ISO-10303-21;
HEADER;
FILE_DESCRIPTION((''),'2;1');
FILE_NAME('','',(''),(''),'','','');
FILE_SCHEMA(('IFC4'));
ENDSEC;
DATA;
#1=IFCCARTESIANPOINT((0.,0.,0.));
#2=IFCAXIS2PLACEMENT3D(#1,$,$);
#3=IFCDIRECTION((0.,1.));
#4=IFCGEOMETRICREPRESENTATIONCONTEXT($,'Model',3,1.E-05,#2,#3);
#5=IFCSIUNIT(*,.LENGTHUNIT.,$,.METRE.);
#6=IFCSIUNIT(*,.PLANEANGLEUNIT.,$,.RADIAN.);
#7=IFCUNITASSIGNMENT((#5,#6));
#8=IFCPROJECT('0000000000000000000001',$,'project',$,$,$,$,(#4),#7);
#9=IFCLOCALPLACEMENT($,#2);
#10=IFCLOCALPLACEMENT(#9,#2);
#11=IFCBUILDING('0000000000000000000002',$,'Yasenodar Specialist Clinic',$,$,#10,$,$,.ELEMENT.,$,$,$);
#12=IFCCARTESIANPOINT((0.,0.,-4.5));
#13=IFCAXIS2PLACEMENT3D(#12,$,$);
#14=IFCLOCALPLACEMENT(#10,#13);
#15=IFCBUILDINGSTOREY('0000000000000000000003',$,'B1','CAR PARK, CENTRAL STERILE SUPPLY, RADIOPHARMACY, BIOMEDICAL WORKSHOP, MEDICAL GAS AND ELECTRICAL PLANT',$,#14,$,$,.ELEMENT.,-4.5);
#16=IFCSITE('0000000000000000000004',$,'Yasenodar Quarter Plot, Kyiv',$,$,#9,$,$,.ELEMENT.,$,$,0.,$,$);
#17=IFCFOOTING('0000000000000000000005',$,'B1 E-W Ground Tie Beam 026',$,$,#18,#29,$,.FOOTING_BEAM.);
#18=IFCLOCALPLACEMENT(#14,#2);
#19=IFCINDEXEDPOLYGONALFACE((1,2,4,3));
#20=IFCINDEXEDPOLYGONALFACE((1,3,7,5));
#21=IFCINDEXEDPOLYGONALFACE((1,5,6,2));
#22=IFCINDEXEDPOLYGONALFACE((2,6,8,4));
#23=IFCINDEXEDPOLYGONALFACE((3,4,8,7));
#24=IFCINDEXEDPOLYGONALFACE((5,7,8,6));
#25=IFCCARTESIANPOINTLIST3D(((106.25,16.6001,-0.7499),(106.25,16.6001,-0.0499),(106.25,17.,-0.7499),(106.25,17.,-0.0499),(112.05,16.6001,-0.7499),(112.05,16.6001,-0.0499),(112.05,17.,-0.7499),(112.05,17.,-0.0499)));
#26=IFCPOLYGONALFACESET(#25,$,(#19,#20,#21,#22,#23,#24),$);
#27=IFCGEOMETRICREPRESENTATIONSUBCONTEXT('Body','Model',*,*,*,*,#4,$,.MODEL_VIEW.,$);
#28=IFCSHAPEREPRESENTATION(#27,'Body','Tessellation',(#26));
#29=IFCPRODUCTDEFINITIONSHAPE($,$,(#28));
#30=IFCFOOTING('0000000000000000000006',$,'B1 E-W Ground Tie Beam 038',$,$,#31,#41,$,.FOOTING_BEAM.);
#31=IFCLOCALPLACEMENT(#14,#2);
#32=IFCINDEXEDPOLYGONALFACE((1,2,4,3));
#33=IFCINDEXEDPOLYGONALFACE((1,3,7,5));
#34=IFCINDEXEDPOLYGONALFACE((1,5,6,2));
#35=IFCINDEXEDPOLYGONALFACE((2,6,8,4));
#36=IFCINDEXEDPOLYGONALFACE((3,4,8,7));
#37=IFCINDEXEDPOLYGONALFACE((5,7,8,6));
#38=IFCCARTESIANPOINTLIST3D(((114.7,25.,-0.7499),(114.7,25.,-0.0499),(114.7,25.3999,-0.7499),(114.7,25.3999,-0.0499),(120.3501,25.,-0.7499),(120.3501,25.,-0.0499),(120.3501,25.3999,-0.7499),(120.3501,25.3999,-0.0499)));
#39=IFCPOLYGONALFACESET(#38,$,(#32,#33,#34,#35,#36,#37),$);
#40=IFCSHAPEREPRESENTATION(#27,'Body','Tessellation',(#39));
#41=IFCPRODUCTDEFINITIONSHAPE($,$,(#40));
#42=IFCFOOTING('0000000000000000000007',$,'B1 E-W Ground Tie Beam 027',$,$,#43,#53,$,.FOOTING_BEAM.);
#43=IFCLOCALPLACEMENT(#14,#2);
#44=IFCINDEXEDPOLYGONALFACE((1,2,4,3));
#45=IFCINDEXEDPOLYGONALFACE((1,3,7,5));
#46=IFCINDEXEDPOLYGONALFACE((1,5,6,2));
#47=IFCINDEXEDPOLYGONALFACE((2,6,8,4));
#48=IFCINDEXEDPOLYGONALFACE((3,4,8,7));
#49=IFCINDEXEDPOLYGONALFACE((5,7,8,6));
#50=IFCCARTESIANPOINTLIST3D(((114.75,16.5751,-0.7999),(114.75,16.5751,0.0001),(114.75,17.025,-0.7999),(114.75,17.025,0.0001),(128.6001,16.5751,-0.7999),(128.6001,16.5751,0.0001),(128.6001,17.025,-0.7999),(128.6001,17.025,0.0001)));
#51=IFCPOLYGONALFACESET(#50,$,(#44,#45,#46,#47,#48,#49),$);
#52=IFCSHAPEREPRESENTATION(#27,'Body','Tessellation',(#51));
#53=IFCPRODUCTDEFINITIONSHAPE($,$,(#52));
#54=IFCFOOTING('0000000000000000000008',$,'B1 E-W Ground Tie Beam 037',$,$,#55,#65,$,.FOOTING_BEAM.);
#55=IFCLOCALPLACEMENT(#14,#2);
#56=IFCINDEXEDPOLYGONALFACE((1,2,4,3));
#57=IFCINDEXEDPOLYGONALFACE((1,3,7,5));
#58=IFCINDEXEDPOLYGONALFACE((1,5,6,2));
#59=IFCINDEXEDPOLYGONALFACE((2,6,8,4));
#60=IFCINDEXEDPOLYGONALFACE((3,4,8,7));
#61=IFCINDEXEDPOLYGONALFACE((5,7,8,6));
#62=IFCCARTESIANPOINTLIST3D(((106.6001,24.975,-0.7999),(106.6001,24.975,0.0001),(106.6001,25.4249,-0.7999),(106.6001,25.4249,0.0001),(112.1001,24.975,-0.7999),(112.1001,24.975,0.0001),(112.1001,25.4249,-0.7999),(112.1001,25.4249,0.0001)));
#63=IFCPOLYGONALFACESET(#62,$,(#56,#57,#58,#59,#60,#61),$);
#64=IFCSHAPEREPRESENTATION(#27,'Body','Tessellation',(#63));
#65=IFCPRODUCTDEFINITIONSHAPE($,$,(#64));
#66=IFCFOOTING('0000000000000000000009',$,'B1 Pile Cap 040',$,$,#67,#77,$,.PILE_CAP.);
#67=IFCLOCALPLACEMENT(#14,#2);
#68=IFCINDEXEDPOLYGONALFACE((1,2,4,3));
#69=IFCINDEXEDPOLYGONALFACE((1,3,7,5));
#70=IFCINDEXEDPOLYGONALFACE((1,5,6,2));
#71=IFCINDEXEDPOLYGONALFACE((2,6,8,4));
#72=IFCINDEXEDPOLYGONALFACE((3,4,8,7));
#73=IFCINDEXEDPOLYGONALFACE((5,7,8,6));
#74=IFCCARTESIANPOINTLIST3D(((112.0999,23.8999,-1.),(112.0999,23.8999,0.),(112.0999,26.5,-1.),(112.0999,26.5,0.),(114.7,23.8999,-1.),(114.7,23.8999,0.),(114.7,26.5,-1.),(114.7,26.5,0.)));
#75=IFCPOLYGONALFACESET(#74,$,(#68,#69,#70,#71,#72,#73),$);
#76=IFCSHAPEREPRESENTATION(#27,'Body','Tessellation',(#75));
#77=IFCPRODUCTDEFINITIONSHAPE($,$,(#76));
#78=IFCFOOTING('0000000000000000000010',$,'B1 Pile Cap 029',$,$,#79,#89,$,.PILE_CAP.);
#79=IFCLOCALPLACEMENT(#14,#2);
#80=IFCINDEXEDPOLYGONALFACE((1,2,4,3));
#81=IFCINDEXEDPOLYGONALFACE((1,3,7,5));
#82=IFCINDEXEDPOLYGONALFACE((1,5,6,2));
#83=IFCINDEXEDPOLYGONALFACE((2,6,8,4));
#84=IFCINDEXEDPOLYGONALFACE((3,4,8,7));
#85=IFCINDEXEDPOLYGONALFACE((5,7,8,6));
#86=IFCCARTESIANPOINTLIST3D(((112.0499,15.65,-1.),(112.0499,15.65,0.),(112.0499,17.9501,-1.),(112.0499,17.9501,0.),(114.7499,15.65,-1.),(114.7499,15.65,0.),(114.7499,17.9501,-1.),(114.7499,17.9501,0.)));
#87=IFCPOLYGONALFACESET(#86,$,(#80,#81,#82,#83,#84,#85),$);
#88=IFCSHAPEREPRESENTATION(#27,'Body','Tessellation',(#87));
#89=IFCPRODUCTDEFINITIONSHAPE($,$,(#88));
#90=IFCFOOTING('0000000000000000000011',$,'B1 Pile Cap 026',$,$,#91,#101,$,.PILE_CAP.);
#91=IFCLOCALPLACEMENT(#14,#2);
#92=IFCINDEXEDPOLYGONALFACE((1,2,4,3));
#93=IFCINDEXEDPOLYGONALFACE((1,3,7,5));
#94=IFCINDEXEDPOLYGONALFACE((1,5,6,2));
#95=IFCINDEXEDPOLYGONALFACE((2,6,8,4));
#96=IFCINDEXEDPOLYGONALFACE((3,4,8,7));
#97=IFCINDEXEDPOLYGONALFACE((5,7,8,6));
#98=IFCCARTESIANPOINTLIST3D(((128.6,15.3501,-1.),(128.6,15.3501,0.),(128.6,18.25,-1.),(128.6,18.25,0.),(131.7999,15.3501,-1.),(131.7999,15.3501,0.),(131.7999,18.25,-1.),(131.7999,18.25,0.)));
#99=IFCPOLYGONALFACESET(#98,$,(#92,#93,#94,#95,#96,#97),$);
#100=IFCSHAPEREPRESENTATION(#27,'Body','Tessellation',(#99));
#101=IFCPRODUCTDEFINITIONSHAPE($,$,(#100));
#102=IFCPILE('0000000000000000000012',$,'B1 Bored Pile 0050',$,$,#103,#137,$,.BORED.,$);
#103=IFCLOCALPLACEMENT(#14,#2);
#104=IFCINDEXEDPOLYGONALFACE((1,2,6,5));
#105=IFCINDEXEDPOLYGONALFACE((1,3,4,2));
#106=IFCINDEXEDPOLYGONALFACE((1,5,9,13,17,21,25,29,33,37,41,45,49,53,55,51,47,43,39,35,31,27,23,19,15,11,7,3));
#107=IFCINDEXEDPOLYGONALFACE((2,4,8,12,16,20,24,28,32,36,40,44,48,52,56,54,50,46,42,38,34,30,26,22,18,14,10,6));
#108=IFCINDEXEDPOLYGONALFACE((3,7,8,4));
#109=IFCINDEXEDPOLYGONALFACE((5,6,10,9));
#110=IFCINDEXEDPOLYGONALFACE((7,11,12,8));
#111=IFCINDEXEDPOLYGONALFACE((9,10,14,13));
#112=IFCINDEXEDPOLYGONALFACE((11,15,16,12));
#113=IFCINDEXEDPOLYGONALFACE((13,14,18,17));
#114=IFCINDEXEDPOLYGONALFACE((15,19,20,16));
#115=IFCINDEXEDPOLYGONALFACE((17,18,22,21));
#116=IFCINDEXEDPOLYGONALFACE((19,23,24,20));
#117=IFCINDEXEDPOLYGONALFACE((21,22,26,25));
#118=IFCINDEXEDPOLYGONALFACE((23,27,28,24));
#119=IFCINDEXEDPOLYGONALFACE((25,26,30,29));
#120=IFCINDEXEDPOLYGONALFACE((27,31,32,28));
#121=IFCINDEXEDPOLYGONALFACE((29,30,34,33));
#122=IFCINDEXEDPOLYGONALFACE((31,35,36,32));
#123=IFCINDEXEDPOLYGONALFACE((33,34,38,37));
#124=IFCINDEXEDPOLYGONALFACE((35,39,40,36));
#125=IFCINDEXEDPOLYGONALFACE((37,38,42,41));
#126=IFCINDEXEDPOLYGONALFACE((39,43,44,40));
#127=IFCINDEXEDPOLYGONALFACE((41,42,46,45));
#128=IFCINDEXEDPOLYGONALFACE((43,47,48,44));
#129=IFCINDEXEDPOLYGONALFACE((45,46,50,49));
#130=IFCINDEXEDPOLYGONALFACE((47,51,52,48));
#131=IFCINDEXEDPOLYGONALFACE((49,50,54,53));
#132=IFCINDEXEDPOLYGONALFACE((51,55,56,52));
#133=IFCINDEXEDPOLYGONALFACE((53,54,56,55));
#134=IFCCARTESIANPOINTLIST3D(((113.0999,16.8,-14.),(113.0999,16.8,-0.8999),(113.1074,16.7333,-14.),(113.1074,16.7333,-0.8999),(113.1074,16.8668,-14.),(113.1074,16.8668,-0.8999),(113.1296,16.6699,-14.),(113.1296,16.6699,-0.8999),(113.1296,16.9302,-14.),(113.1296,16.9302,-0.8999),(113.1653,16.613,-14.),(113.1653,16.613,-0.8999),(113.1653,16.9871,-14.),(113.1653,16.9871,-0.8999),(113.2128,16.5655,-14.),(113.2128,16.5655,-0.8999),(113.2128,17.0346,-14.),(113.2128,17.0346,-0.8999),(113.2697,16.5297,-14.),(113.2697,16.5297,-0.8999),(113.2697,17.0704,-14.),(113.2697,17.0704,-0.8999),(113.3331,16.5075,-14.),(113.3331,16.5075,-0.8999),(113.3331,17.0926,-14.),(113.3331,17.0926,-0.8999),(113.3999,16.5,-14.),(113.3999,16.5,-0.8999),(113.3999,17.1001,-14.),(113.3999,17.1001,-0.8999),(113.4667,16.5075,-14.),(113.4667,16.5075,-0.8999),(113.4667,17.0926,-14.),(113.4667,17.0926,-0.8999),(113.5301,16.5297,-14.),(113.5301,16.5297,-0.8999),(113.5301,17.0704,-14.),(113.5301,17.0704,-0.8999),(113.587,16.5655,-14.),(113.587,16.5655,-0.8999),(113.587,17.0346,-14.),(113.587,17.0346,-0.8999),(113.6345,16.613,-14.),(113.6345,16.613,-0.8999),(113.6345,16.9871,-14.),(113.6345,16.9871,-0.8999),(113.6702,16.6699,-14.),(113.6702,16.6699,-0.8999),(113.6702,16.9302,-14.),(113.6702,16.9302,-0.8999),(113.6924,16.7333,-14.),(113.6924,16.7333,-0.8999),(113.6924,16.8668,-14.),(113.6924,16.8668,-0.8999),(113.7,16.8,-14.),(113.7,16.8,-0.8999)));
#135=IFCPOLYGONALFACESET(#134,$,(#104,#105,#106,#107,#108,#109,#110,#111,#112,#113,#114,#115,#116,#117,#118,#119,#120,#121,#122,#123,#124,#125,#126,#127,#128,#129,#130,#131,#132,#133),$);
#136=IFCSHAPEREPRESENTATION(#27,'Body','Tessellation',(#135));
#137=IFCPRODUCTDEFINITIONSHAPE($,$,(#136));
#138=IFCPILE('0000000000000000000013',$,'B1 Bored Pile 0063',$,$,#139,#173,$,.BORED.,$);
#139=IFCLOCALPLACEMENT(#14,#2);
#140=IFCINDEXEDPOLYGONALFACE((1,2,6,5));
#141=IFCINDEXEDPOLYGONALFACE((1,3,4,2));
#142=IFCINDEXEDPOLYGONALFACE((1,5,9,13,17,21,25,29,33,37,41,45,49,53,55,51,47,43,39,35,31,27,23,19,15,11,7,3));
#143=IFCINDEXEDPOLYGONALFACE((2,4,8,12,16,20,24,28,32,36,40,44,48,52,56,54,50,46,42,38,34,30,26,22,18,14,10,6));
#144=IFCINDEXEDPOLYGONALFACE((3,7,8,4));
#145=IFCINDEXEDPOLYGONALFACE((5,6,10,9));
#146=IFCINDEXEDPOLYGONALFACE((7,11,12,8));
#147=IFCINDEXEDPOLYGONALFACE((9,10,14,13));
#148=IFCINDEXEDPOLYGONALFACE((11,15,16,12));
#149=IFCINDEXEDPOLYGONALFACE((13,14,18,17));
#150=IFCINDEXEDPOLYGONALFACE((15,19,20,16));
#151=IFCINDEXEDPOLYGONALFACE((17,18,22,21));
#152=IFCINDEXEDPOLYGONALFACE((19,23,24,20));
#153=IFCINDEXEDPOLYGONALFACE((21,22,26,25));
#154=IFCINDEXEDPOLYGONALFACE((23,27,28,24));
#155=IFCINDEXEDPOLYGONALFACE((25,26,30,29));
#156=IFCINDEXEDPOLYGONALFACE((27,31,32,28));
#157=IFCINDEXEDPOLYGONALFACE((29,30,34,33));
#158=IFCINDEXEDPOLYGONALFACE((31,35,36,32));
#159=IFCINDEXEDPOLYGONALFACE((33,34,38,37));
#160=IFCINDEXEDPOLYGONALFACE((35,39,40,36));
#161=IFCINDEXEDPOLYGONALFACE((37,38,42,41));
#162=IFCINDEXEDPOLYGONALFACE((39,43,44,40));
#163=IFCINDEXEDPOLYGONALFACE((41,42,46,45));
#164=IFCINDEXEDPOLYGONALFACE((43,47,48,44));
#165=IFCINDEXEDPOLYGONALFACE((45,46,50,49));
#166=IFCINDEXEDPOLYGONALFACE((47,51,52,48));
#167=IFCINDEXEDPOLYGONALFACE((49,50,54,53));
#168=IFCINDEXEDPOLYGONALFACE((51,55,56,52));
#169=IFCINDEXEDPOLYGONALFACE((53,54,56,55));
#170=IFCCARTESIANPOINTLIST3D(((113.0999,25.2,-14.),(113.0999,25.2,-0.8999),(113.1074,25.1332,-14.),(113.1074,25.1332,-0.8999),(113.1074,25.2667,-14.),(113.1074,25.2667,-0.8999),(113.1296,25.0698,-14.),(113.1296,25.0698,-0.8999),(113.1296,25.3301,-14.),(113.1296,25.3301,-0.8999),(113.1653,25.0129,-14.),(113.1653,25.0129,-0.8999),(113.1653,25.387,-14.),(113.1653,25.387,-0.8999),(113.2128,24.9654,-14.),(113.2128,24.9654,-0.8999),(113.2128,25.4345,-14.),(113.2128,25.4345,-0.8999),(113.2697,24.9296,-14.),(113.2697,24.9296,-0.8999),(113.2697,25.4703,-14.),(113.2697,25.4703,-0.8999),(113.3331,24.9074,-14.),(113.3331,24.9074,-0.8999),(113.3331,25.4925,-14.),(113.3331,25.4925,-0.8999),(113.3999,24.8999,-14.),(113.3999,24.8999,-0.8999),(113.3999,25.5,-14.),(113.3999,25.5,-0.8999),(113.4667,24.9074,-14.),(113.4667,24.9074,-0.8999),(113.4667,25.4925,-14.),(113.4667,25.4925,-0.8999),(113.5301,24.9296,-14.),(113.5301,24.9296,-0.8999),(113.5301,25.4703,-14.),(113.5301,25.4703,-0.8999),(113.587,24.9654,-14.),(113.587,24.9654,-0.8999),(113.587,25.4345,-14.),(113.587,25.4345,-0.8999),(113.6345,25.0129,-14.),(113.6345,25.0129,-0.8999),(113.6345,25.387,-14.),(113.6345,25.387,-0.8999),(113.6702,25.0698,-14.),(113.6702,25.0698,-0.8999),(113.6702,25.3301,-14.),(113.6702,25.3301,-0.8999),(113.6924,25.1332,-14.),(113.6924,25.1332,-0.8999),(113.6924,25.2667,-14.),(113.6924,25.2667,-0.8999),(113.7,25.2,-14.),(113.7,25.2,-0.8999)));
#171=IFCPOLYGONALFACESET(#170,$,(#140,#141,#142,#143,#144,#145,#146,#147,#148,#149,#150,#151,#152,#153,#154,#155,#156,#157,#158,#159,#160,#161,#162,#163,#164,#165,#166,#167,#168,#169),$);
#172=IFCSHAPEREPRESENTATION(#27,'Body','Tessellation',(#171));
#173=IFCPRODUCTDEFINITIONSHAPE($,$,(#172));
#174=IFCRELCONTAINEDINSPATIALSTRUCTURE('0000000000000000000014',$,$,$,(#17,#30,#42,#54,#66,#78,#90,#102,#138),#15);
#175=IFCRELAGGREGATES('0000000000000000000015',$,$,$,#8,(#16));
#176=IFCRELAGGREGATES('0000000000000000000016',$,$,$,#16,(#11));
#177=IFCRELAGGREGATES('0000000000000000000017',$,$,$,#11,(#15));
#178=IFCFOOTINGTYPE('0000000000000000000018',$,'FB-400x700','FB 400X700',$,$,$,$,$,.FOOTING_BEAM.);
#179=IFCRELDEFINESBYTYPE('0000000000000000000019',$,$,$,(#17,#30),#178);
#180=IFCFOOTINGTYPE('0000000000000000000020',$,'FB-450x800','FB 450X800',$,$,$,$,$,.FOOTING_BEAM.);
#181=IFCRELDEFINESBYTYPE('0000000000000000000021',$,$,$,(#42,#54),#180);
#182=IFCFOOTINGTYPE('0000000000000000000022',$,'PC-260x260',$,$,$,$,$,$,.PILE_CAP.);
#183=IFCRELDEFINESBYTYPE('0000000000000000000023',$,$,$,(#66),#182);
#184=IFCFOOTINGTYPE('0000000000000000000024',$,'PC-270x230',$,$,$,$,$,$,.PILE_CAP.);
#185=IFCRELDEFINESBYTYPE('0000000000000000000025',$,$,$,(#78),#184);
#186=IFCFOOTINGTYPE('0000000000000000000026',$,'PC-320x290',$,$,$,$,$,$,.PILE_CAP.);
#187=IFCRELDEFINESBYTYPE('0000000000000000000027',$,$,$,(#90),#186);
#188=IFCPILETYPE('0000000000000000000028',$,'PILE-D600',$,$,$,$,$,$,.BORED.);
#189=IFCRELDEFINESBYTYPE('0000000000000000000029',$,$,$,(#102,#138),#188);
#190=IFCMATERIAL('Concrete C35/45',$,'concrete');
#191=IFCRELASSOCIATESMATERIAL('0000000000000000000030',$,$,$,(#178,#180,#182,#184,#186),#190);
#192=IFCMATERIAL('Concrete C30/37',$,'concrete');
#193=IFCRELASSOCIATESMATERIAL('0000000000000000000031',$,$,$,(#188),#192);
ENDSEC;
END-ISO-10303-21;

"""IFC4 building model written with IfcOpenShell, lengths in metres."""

from ifc_helpers import new_model, si_unit, direction, frame, origin, origin_2d, place, context, subcontext, project, spatial, rectangle, circle, extrude, material, material_profile, profile_set, type_object, element, save


model = new_model("IFC4")

# Units and contexts
model_context = context("Model", 3, precision=1e-05, world=origin(), true_north=direction((0.0, 1.0)))
body_context = subcontext(model_context, "Body", "Model", "MODEL_VIEW")
ifc_project = project(units=[si_unit("LENGTHUNIT", "METRE"), si_unit("PLANEANGLEUNIT", "RADIAN")], contexts=[model_context])

# Site, building, storey
site_placement = place(None, origin())
site = spatial("IfcSite", under=ifc_project, at=site_placement, Name="Yasenodar Quarter Plot, Kyiv", CompositionType="ELEMENT", RefElevation=0.0)
building_placement = place(site_placement, origin())
building = spatial("IfcBuilding", under=site, at=building_placement, Name="Yasenodar Specialist Clinic", CompositionType="ELEMENT")
storey_placement = place(building_placement, frame((0.0, 0.0, -4.5)))
storey = spatial("IfcBuildingStorey", under=building, at=storey_placement, Name="B1", Description="CAR PARK, CENTRAL STERILE SUPPLY, RADIOPHARMACY, BIOMEDICAL WORKSHOP, MEDICAL GAS AND ELECTRICAL PLANT", CompositionType="ELEMENT", Elevation=-4.5)

# Footings
ifc_material_1 = material(Name="Concrete C35/45", Category="concrete")
ifc_material_profile_1 = material_profile(ifc_material_1, rectangle(XDim=0.3999, YDim=0.7, at=origin_2d()), Name="RC 400x700")
ifc_profile_set_1 = profile_set([ifc_material_profile_1], Name="Concrete C35/45")
footing_type_1 = type_object("IfcFootingType", Name="FB-400x700", Description="FB 400X700", PredefinedType="FOOTING_BEAM", material=ifc_profile_set_1)
footing_1_placement = place(storey_placement, frame((106.25, 16.8, -0.3999), z_axis=(1.0, 0.0, 0.0), x_axis=(0.0, 1.0, 0.0)))
element("IfcFooting", 1, at=footing_1_placement, inside=storey, type_object=footing_type_1, Name="B1 E-W Ground Tie Beam 026", PredefinedType="FOOTING_BEAM", context=body_context, shape_type="SweptSolid", body=[
    extrude(rectangle(XDim=0.3999, YDim=0.7, at=origin_2d()), origin(), (0.0, 0.0, 1.0), 5.8),
])
footing_2_placement = place(storey_placement, frame((114.7, 25.2, -0.3999), z_axis=(1.0, 0.0, 0.0), x_axis=(0.0, 1.0, 0.0)))
element("IfcFooting", 2, at=footing_2_placement, inside=storey, type_object=footing_type_1, Name="B1 E-W Ground Tie Beam 038", PredefinedType="FOOTING_BEAM", context=body_context, shape_type="SweptSolid", body=[
    extrude(rectangle(XDim=0.3999, YDim=0.7, at=origin_2d()), origin(), (0.0, 0.0, 1.0), 5.6501),
])
ifc_material_profile_2 = material_profile(ifc_material_1, rectangle(XDim=0.45, YDim=0.8, at=origin_2d()), Name="RC 450x800")
ifc_profile_set_2 = profile_set([ifc_material_profile_2], Name="Concrete C35/45")
footing_type_2 = type_object("IfcFootingType", Name="FB-450x800", Description="FB 450X800", PredefinedType="FOOTING_BEAM", material=ifc_profile_set_2)
footing_3_placement = place(storey_placement, frame((114.75, 16.8, -0.3999), z_axis=(1.0, 0.0, 0.0), x_axis=(0.0, 1.0, 0.0)))
element("IfcFooting", 3, at=footing_3_placement, inside=storey, type_object=footing_type_2, Name="B1 E-W Ground Tie Beam 027", PredefinedType="FOOTING_BEAM", context=body_context, shape_type="SweptSolid", body=[
    extrude(rectangle(XDim=0.45, YDim=0.8, at=origin_2d()), origin(), (0.0, 0.0, 1.0), 13.8501),
])
footing_4_placement = place(storey_placement, frame((106.6001, 25.2, -0.3999), z_axis=(1.0, 0.0, 0.0), x_axis=(0.0, 1.0, 0.0)))
element("IfcFooting", 4, at=footing_4_placement, inside=storey, type_object=footing_type_2, Name="B1 E-W Ground Tie Beam 037", PredefinedType="FOOTING_BEAM", context=body_context, shape_type="SweptSolid", body=[
    extrude(rectangle(XDim=0.45, YDim=0.8, at=origin_2d()), origin(), (0.0, 0.0, 1.0), 5.5),
])
footing_type_3 = type_object("IfcFootingType", Name="PC-260x260", PredefinedType="PILE_CAP", material=ifc_material_1)
footing_5_placement = place(storey_placement, frame((113.3999, 25.2, -1.0), z_axis=(0.0, 0.0, 1.0), x_axis=(1.0, 0.0, 0.0)))
element("IfcFooting", 5, at=footing_5_placement, inside=storey, type_object=footing_type_3, Name="B1 Pile Cap 040", PredefinedType="PILE_CAP", context=body_context, shape_type="SweptSolid", body=[
    extrude(rectangle(XDim=2.6001, YDim=2.6001, at=origin_2d()), origin(), (0.0, 0.0, 1.0), 1.0),
])
footing_type_4 = type_object("IfcFootingType", Name="PC-270x230", PredefinedType="PILE_CAP", material=ifc_material_1)
footing_6_placement = place(storey_placement, frame((113.3999, 16.8, -1.0), z_axis=(0.0, 0.0, 1.0), x_axis=(1.0, 0.0, 0.0)))
element("IfcFooting", 6, at=footing_6_placement, inside=storey, type_object=footing_type_4, Name="B1 Pile Cap 029", PredefinedType="PILE_CAP", context=body_context, shape_type="SweptSolid", body=[
    extrude(rectangle(XDim=2.7, YDim=2.3, at=origin_2d()), origin(), (0.0, 0.0, 1.0), 1.0),
])
footing_type_5 = type_object("IfcFootingType", Name="PC-320x290", PredefinedType="PILE_CAP", material=ifc_material_1)
footing_7_placement = place(storey_placement, frame((130.2, 16.8, -1.0), z_axis=(0.0, 0.0, 1.0), x_axis=(1.0, 0.0, 0.0)))
element("IfcFooting", 7, at=footing_7_placement, inside=storey, type_object=footing_type_5, Name="B1 Pile Cap 026", PredefinedType="PILE_CAP", context=body_context, shape_type="SweptSolid", body=[
    extrude(rectangle(XDim=3.2, YDim=2.8999, at=origin_2d()), origin(), (0.0, 0.0, 1.0), 1.0),
])

# Piles
ifc_material_2 = material(Name="Concrete C30/37", Category="concrete")
ifc_material_profile_3 = material_profile(ifc_material_2, circle(Radius=0.3, at=origin_2d()), Name="PILE D600")
ifc_profile_set_3 = profile_set([ifc_material_profile_3], Name="Concrete C30/37")
pile_type_1 = type_object("IfcPileType", Name="PILE-D600", PredefinedType="BORED", material=ifc_profile_set_3)
for number, where, z_axis, x_axis, name in (
    (8, (113.3999, 16.8, -0.8999), (0.0, 0.0, -1.0), (1.0, 0.0, 0.0), "B1 Bored Pile 0050"),
    (9, (113.3999, 25.2, -0.8999), (0.0, 0.0, -1.0), (1.0, 0.0, 0.0), "B1 Bored Pile 0063"),
):
    element("IfcPile", number, at=place(storey_placement, frame(where, z_axis=z_axis, x_axis=x_axis)), inside=storey, type_object=pile_type_1, Name=name, PredefinedType="BORED", context=body_context, shape_type="SweptSolid", body=[
        extrude(circle(Radius=0.3, at=origin_2d()), origin(), (0.0, 0.0, 1.0), 13.1001),
    ])

save(model, "model.ifc")
